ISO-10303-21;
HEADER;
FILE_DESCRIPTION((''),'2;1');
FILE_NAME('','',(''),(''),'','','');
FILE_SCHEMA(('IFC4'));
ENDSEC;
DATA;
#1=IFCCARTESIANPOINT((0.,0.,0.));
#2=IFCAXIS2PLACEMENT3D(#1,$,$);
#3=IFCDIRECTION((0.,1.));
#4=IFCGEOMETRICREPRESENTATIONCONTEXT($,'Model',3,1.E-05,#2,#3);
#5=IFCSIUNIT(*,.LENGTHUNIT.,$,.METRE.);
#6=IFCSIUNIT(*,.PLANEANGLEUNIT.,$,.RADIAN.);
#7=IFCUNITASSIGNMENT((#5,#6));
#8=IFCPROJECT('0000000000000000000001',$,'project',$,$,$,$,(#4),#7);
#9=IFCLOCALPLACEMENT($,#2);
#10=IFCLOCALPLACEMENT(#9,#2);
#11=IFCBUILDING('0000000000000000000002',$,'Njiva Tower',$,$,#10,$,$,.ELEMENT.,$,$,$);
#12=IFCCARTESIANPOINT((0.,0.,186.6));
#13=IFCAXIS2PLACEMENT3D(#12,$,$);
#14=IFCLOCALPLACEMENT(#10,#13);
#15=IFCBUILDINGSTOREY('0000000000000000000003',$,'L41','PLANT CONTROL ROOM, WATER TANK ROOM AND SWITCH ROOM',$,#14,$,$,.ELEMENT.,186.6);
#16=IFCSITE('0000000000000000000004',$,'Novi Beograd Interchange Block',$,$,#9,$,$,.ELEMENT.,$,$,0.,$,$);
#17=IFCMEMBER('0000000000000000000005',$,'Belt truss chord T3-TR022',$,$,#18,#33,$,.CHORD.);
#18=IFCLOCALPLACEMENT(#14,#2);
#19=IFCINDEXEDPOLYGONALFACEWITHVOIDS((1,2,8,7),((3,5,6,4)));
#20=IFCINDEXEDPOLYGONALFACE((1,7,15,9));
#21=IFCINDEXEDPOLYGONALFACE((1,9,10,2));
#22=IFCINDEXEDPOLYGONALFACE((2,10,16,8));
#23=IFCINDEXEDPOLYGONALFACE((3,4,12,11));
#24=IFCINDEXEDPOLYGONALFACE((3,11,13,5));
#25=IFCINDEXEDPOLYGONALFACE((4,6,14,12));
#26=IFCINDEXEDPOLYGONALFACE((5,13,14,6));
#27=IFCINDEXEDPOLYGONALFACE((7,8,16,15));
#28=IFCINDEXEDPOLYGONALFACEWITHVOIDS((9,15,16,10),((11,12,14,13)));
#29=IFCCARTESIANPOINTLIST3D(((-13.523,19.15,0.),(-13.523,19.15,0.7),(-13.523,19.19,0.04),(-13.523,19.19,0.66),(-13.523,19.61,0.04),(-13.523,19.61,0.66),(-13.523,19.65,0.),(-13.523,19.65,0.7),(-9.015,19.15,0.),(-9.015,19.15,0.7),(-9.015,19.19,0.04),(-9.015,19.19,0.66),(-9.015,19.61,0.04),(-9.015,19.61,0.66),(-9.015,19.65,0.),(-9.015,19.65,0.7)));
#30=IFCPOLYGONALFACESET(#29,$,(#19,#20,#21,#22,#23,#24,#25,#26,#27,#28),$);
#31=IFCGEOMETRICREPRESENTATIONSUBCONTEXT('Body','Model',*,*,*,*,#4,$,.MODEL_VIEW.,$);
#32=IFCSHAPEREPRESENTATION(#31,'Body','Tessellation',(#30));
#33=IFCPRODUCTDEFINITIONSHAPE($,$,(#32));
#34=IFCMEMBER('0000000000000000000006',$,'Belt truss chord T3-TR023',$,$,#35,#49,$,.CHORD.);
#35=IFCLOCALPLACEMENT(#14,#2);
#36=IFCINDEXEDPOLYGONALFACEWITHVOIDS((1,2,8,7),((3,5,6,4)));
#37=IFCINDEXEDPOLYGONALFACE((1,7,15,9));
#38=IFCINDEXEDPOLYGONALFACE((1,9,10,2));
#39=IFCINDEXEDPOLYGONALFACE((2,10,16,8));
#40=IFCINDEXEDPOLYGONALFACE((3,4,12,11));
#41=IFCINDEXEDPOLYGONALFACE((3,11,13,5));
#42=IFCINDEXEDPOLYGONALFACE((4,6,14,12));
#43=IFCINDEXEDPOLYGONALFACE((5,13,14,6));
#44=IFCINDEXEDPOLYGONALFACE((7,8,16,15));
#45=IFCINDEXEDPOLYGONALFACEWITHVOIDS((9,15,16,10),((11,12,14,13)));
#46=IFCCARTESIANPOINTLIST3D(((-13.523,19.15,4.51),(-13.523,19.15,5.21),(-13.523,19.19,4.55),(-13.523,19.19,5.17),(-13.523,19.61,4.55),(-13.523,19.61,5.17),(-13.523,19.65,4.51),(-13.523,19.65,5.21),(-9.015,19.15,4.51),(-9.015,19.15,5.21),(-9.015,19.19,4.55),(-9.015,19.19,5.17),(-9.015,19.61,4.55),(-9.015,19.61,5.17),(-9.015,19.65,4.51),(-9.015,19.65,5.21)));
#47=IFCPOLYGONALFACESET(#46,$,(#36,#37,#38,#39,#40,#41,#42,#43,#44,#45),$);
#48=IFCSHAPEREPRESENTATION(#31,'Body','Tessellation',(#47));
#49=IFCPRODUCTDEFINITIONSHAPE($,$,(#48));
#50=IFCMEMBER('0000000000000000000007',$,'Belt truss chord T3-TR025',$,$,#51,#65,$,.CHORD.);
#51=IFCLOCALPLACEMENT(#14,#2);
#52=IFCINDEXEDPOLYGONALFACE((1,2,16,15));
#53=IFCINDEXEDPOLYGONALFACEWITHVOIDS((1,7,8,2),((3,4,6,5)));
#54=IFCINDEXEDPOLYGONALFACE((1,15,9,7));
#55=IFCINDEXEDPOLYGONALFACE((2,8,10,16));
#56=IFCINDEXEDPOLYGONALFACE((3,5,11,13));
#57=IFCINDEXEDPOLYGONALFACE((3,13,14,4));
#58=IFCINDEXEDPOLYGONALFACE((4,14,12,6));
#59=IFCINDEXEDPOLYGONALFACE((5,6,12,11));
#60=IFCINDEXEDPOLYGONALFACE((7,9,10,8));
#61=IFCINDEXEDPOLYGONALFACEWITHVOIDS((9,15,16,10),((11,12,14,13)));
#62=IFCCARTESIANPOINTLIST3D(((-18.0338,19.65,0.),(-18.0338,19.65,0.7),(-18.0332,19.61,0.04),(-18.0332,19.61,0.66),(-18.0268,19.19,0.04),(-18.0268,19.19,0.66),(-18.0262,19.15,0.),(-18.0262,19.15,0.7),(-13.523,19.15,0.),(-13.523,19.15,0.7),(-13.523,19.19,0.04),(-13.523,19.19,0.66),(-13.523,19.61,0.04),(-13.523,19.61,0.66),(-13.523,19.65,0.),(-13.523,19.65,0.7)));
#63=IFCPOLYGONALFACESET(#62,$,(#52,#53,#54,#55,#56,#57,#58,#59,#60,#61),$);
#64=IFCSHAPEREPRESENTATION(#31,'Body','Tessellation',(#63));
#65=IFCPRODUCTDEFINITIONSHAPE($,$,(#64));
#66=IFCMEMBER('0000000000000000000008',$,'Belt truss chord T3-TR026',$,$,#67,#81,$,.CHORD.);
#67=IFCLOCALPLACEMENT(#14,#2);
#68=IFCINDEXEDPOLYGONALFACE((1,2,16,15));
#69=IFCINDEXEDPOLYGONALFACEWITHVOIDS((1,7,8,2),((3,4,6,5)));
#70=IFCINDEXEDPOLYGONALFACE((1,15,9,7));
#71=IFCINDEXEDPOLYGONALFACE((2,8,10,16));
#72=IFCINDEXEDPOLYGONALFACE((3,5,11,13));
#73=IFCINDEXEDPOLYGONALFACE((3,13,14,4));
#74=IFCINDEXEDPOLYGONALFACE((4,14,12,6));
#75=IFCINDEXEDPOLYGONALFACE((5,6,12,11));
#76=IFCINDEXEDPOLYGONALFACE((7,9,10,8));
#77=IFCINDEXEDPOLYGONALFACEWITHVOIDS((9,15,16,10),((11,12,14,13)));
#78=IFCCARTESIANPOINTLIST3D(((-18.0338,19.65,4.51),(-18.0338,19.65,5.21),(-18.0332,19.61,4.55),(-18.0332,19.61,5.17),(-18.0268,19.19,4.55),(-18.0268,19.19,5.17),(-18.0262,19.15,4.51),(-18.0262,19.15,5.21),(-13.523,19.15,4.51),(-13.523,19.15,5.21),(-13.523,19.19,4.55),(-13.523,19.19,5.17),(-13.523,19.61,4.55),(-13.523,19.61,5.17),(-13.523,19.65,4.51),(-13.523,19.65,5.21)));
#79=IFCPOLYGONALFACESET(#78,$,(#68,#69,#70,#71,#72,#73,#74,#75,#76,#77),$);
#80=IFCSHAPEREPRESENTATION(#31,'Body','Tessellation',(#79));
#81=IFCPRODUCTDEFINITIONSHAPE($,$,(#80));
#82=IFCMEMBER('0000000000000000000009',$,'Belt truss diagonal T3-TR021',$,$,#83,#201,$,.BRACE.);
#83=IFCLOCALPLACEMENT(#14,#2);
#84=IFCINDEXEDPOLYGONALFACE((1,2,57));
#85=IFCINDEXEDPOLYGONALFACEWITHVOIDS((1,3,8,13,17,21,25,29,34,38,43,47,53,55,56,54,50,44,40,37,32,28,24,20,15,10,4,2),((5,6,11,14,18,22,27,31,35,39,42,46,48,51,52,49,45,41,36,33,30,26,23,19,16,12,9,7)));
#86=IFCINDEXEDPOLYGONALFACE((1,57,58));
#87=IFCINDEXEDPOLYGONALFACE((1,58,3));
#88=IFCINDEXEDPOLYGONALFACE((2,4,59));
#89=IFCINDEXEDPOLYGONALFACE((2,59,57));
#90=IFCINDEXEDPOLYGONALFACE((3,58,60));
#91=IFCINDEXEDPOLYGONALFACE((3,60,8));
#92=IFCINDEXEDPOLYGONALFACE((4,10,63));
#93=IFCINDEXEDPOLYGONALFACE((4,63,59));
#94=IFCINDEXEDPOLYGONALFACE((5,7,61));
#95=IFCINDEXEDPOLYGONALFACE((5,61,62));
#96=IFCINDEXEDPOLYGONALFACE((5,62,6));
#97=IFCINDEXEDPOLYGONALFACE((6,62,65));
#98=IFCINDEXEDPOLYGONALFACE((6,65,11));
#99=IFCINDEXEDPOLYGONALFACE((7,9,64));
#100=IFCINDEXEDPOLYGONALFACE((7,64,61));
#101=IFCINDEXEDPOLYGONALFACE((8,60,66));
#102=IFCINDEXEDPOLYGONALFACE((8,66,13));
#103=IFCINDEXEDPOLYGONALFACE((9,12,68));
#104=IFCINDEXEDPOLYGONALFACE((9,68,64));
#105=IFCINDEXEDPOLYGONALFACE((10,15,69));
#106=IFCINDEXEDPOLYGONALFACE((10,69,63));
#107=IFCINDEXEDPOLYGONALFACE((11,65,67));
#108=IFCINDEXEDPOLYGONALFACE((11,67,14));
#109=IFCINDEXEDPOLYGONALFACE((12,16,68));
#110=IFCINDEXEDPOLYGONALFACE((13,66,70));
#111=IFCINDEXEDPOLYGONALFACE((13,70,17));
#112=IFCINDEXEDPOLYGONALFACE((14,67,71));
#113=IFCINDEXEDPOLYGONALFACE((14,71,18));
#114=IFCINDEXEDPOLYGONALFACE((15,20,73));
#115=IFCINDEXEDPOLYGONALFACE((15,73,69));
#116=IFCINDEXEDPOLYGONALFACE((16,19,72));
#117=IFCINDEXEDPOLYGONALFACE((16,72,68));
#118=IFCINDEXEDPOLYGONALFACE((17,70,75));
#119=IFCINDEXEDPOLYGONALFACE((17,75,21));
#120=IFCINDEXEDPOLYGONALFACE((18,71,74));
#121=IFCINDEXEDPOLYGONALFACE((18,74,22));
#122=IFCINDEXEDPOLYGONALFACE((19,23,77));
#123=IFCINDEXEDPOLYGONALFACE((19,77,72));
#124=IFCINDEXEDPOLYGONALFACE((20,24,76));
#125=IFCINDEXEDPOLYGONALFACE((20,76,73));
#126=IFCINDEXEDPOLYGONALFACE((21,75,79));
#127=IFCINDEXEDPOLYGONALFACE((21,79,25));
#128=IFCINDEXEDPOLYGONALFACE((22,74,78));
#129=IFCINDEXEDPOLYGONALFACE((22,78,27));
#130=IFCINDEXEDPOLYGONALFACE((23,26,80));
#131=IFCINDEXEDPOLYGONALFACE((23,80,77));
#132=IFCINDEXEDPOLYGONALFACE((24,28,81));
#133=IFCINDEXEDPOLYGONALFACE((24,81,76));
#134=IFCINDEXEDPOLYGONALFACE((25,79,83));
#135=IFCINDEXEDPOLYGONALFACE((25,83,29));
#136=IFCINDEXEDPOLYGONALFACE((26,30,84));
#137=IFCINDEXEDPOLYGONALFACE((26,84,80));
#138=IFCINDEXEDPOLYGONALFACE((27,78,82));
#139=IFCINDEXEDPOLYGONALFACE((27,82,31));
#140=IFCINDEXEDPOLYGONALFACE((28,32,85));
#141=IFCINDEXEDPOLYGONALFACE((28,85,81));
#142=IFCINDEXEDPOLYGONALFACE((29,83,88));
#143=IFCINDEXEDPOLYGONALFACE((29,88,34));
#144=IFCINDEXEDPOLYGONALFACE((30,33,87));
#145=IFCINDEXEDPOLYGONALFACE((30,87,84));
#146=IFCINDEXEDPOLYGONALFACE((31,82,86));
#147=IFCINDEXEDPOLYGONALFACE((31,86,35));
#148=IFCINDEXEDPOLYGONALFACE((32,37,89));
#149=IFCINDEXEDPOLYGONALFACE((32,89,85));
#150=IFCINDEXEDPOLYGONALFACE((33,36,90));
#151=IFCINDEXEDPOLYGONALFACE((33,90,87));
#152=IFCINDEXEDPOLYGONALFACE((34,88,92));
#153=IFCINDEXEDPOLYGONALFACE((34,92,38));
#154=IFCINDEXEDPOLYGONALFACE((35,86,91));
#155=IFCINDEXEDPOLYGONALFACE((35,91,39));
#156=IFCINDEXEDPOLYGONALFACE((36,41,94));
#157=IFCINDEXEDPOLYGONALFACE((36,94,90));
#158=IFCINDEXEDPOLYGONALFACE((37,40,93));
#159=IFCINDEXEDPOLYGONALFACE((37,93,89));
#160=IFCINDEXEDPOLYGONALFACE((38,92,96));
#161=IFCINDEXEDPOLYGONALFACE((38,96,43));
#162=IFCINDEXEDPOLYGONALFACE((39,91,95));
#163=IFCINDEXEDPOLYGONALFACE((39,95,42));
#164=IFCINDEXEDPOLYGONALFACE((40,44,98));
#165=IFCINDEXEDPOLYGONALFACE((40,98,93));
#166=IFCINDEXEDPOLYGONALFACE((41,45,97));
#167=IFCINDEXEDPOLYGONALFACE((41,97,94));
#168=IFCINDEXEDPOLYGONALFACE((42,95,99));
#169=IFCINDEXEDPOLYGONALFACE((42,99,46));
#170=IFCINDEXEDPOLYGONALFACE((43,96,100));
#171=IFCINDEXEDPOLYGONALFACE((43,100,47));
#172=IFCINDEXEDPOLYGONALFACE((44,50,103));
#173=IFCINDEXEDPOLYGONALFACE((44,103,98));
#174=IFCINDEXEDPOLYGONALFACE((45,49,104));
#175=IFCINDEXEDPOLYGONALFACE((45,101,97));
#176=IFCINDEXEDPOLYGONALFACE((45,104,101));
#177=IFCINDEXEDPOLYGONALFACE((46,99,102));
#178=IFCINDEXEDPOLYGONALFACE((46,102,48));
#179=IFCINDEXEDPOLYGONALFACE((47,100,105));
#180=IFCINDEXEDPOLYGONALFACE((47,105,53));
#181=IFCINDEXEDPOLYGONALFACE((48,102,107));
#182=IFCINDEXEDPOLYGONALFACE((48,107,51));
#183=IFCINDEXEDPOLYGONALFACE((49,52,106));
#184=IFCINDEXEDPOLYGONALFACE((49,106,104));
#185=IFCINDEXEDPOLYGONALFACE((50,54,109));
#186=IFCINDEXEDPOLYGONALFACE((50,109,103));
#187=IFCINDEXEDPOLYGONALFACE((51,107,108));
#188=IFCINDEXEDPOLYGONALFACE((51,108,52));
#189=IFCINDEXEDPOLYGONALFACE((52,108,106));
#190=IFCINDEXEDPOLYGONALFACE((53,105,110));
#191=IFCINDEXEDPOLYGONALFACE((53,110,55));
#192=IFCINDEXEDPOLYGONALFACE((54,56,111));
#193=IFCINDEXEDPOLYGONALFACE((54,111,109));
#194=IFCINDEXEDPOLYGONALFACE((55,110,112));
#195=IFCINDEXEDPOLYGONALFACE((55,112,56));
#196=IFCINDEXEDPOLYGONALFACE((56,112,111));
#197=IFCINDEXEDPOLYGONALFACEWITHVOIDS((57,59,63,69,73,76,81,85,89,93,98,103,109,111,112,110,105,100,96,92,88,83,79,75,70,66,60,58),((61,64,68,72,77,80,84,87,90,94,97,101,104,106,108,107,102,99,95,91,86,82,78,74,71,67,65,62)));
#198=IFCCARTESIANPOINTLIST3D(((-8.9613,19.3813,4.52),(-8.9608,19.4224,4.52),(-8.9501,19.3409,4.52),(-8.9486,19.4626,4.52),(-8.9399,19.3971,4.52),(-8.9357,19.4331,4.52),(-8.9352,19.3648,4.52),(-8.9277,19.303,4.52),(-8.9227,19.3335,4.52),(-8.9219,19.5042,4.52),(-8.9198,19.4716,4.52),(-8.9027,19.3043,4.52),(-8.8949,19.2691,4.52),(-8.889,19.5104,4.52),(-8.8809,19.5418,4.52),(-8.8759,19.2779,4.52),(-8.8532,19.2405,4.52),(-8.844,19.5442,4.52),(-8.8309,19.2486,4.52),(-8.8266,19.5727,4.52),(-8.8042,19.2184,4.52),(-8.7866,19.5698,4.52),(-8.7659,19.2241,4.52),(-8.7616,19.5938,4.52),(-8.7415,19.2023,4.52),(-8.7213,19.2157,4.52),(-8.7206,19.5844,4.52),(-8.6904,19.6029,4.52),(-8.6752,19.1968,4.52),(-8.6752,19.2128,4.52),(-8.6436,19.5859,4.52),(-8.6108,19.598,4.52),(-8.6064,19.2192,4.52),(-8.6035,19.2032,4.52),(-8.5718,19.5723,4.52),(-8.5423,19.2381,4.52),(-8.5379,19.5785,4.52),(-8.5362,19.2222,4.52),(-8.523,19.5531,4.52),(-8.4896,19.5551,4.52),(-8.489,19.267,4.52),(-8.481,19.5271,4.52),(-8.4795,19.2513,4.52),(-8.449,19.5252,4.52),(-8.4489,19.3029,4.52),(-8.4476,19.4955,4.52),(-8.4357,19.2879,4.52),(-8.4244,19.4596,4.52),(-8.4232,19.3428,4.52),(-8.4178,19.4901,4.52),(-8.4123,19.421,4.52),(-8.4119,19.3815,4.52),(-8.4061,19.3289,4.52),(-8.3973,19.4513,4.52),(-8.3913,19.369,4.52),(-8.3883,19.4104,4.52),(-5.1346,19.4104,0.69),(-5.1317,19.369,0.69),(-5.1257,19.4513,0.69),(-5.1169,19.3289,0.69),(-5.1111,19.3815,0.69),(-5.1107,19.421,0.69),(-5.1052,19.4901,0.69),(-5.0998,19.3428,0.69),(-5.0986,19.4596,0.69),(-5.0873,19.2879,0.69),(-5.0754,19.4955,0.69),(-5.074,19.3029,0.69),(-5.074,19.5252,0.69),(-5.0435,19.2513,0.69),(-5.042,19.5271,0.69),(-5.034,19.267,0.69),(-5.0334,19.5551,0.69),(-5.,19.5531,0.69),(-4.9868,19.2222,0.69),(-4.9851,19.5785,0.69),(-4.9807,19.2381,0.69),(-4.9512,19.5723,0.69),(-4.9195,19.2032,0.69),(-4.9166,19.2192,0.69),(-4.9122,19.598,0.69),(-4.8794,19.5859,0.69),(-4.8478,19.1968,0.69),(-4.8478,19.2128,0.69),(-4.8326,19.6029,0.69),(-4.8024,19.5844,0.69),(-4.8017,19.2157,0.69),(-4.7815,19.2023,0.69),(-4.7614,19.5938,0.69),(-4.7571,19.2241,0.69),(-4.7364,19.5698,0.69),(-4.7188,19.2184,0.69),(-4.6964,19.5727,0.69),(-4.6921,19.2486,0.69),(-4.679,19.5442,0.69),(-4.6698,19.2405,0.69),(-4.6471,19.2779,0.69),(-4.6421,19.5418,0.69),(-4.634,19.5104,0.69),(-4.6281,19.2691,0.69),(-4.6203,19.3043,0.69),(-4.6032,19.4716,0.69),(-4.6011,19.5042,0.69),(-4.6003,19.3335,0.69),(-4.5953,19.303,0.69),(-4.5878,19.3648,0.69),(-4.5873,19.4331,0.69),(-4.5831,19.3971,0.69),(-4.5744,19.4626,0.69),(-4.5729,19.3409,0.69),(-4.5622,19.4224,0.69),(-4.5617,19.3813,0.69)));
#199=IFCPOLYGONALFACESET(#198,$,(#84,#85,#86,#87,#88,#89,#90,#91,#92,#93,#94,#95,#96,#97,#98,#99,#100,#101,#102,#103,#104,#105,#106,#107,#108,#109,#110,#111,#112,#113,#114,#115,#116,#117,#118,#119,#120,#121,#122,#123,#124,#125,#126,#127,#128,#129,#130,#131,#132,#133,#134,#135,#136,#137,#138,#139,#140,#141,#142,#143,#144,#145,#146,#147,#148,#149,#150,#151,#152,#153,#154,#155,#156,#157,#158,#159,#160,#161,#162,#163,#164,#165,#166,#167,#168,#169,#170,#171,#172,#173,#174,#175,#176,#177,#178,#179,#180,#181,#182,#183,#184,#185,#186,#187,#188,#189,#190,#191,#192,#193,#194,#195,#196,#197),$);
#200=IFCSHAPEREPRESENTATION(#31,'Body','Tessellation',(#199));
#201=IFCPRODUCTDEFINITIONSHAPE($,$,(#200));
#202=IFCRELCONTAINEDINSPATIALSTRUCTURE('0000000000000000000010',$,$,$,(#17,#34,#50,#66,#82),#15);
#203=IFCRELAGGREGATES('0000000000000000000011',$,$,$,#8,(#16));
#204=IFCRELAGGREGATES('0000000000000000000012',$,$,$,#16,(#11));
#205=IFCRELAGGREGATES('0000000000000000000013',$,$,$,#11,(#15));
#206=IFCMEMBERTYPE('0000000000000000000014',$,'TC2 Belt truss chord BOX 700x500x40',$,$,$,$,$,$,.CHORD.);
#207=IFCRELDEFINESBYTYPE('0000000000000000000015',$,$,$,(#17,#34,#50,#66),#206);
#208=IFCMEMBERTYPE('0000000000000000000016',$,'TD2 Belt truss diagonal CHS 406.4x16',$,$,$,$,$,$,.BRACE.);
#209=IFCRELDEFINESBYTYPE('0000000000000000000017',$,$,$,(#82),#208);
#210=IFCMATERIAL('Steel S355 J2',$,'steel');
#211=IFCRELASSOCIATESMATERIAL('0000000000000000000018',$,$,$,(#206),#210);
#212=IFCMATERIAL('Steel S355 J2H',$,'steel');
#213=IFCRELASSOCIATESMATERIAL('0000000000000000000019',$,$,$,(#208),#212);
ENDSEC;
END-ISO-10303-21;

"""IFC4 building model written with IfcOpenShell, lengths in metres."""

from ifc_helpers import new_model, si_unit, direction, frame, origin, origin_2d, place, context, subcontext, project, spatial, hollow_rectangle, hollow_circle, extrude, clip, halfspace, material, material_profile, profile_set, type_object, element, save


model = new_model("IFC4")

# Units and contexts
model_context = context("Model", 3, precision=1e-05, world=origin(), true_north=direction((0.0, 1.0)))
body_context = subcontext(model_context, "Body", "Model", "MODEL_VIEW")
ifc_project = project(units=[si_unit("LENGTHUNIT", "METRE"), si_unit("PLANEANGLEUNIT", "RADIAN")], contexts=[model_context])

# Site, building, storey
site_placement = place(None, origin())
site = spatial("IfcSite", under=ifc_project, at=site_placement, Name="Novi Beograd Interchange Block", CompositionType="ELEMENT", RefElevation=0.0)
building_placement = place(site_placement, origin())
building = spatial("IfcBuilding", under=site, at=building_placement, Name="Njiva Tower", CompositionType="ELEMENT")
storey_placement = place(building_placement, frame((0.0, 0.0, 186.6)))
storey = spatial("IfcBuildingStorey", under=building, at=storey_placement, Name="L41", Description="PLANT CONTROL ROOM, WATER TANK ROOM AND SWITCH ROOM", CompositionType="ELEMENT", Elevation=186.6)

# Shared definitions
ifc_material_1 = material(Name="Steel S355 J2", Category="steel")

# Members
ifc_material_profile_1 = material_profile(ifc_material_1, hollow_rectangle(XDim=0.5, YDim=0.7, WallThickness=0.04, at=origin_2d()), Name="BOX 700x500x40")
ifc_profile_set_1 = profile_set([ifc_material_profile_1], Name="Steel S355 J2")
member_type_1 = type_object("IfcMemberType", Name="TC2 Belt truss chord BOX 700x500x40", PredefinedType="CHORD", material=ifc_profile_set_1)
for number, where, z_axis, x_axis, name in (
    (1, (-9.015, 19.4, 0.35), (-1.0, 0.0, 0.0), (0.0, -1.0, 0.0), "Belt truss chord T3-TR022"),
    (2, (-9.015, 19.4, 4.86), (-1.0, 0.0, 0.0), (0.0, -1.0, 0.0), "Belt truss chord T3-TR023"),
):
    element("IfcMember", number, at=place(storey_placement, frame(where, z_axis=z_axis, x_axis=x_axis)), inside=storey, type_object=member_type_1, Name=name, PredefinedType="CHORD", context=body_context, shape_type="SweptSolid", body=[
        extrude(hollow_rectangle(XDim=0.5, YDim=0.7, WallThickness=0.04, at=origin_2d()), origin(), (0.0, 0.0, 1.0), 4.508),
    ])
member_1_placement = place(storey_placement, frame((-13.523, 19.4, 0.35), z_axis=(-1.0, 0.0, 0.0), x_axis=(0.0, -1.0, 0.0)))
element("IfcMember", 3, at=member_1_placement, inside=storey, type_object=member_type_1, Name="Belt truss chord T3-TR025", PredefinedType="CHORD", context=body_context, shape_type="Clipping", body=[
    clip(extrude(hollow_rectangle(XDim=0.5, YDim=0.7, WallThickness=0.04, at=origin_2d()), origin(), (0.0, 0.0, 1.0), 4.541), halfspace(frame((0.0, -186.95, 4.507), z_axis=(0.015, 0.0, 0.999887), x_axis=(0.0, 1.0, 0.0)), False)),
])
member_2_placement = place(storey_placement, frame((-13.523, 19.4, 4.86), z_axis=(-1.0, 0.0, 0.0), x_axis=(0.0, -1.0, 0.0)))
element("IfcMember", 4, at=member_2_placement, inside=storey, type_object=member_type_1, Name="Belt truss chord T3-TR026", PredefinedType="CHORD", context=body_context, shape_type="Clipping", body=[
    clip(extrude(hollow_rectangle(XDim=0.5, YDim=0.7, WallThickness=0.04, at=origin_2d()), origin(), (0.0, 0.0, 1.0), 4.541), halfspace(frame((0.0, -191.46, 4.507), z_axis=(0.015, 0.0, 0.999887), x_axis=(0.0, 1.0, 0.0)), False)),
])
ifc_material_2 = material(Name="Steel S355 J2H", Category="steel")
ifc_material_profile_2 = material_profile(ifc_material_2, hollow_circle(Radius=0.2032, WallThickness=0.016, at=origin_2d()), Name="CHS 406.4x16")
ifc_profile_set_2 = profile_set([ifc_material_profile_2], Name="Steel S355 J2H")
member_type_2 = type_object("IfcMemberType", Name="TD2 Belt truss diagonal CHS 406.4x16", PredefinedType="BRACE", material=ifc_profile_set_2)
member_3_placement = place(storey_placement, frame((-4.3419, 19.4, 0.1838), z_axis=(-0.706871, 0.0, 0.707342), x_axis=(0.0, -1.0, 0.0)))
element("IfcMember", 5, at=member_3_placement, inside=storey, type_object=member_type_2, Name="Belt truss diagonal T3-TR021", PredefinedType="BRACE", context=body_context, shape_type="Clipping", body=[
    clip(clip(extrude(hollow_circle(Radius=0.2032, WallThickness=0.016, at=origin_2d()), origin(), (0.0, 0.0, 1.0), 6.846), halfspace(frame((19.4, 3.429, -2.7111), z_axis=(0.0, -0.706871, -0.707342), x_axis=(0.0, -0.707342, 0.706871)), False)), halfspace(frame((19.4, 6.1364, -0.002), z_axis=(0.0, 0.706871, 0.707342), x_axis=(0.0, 0.707342, -0.706871)), False)),
])

save(model, "model.ifc")
